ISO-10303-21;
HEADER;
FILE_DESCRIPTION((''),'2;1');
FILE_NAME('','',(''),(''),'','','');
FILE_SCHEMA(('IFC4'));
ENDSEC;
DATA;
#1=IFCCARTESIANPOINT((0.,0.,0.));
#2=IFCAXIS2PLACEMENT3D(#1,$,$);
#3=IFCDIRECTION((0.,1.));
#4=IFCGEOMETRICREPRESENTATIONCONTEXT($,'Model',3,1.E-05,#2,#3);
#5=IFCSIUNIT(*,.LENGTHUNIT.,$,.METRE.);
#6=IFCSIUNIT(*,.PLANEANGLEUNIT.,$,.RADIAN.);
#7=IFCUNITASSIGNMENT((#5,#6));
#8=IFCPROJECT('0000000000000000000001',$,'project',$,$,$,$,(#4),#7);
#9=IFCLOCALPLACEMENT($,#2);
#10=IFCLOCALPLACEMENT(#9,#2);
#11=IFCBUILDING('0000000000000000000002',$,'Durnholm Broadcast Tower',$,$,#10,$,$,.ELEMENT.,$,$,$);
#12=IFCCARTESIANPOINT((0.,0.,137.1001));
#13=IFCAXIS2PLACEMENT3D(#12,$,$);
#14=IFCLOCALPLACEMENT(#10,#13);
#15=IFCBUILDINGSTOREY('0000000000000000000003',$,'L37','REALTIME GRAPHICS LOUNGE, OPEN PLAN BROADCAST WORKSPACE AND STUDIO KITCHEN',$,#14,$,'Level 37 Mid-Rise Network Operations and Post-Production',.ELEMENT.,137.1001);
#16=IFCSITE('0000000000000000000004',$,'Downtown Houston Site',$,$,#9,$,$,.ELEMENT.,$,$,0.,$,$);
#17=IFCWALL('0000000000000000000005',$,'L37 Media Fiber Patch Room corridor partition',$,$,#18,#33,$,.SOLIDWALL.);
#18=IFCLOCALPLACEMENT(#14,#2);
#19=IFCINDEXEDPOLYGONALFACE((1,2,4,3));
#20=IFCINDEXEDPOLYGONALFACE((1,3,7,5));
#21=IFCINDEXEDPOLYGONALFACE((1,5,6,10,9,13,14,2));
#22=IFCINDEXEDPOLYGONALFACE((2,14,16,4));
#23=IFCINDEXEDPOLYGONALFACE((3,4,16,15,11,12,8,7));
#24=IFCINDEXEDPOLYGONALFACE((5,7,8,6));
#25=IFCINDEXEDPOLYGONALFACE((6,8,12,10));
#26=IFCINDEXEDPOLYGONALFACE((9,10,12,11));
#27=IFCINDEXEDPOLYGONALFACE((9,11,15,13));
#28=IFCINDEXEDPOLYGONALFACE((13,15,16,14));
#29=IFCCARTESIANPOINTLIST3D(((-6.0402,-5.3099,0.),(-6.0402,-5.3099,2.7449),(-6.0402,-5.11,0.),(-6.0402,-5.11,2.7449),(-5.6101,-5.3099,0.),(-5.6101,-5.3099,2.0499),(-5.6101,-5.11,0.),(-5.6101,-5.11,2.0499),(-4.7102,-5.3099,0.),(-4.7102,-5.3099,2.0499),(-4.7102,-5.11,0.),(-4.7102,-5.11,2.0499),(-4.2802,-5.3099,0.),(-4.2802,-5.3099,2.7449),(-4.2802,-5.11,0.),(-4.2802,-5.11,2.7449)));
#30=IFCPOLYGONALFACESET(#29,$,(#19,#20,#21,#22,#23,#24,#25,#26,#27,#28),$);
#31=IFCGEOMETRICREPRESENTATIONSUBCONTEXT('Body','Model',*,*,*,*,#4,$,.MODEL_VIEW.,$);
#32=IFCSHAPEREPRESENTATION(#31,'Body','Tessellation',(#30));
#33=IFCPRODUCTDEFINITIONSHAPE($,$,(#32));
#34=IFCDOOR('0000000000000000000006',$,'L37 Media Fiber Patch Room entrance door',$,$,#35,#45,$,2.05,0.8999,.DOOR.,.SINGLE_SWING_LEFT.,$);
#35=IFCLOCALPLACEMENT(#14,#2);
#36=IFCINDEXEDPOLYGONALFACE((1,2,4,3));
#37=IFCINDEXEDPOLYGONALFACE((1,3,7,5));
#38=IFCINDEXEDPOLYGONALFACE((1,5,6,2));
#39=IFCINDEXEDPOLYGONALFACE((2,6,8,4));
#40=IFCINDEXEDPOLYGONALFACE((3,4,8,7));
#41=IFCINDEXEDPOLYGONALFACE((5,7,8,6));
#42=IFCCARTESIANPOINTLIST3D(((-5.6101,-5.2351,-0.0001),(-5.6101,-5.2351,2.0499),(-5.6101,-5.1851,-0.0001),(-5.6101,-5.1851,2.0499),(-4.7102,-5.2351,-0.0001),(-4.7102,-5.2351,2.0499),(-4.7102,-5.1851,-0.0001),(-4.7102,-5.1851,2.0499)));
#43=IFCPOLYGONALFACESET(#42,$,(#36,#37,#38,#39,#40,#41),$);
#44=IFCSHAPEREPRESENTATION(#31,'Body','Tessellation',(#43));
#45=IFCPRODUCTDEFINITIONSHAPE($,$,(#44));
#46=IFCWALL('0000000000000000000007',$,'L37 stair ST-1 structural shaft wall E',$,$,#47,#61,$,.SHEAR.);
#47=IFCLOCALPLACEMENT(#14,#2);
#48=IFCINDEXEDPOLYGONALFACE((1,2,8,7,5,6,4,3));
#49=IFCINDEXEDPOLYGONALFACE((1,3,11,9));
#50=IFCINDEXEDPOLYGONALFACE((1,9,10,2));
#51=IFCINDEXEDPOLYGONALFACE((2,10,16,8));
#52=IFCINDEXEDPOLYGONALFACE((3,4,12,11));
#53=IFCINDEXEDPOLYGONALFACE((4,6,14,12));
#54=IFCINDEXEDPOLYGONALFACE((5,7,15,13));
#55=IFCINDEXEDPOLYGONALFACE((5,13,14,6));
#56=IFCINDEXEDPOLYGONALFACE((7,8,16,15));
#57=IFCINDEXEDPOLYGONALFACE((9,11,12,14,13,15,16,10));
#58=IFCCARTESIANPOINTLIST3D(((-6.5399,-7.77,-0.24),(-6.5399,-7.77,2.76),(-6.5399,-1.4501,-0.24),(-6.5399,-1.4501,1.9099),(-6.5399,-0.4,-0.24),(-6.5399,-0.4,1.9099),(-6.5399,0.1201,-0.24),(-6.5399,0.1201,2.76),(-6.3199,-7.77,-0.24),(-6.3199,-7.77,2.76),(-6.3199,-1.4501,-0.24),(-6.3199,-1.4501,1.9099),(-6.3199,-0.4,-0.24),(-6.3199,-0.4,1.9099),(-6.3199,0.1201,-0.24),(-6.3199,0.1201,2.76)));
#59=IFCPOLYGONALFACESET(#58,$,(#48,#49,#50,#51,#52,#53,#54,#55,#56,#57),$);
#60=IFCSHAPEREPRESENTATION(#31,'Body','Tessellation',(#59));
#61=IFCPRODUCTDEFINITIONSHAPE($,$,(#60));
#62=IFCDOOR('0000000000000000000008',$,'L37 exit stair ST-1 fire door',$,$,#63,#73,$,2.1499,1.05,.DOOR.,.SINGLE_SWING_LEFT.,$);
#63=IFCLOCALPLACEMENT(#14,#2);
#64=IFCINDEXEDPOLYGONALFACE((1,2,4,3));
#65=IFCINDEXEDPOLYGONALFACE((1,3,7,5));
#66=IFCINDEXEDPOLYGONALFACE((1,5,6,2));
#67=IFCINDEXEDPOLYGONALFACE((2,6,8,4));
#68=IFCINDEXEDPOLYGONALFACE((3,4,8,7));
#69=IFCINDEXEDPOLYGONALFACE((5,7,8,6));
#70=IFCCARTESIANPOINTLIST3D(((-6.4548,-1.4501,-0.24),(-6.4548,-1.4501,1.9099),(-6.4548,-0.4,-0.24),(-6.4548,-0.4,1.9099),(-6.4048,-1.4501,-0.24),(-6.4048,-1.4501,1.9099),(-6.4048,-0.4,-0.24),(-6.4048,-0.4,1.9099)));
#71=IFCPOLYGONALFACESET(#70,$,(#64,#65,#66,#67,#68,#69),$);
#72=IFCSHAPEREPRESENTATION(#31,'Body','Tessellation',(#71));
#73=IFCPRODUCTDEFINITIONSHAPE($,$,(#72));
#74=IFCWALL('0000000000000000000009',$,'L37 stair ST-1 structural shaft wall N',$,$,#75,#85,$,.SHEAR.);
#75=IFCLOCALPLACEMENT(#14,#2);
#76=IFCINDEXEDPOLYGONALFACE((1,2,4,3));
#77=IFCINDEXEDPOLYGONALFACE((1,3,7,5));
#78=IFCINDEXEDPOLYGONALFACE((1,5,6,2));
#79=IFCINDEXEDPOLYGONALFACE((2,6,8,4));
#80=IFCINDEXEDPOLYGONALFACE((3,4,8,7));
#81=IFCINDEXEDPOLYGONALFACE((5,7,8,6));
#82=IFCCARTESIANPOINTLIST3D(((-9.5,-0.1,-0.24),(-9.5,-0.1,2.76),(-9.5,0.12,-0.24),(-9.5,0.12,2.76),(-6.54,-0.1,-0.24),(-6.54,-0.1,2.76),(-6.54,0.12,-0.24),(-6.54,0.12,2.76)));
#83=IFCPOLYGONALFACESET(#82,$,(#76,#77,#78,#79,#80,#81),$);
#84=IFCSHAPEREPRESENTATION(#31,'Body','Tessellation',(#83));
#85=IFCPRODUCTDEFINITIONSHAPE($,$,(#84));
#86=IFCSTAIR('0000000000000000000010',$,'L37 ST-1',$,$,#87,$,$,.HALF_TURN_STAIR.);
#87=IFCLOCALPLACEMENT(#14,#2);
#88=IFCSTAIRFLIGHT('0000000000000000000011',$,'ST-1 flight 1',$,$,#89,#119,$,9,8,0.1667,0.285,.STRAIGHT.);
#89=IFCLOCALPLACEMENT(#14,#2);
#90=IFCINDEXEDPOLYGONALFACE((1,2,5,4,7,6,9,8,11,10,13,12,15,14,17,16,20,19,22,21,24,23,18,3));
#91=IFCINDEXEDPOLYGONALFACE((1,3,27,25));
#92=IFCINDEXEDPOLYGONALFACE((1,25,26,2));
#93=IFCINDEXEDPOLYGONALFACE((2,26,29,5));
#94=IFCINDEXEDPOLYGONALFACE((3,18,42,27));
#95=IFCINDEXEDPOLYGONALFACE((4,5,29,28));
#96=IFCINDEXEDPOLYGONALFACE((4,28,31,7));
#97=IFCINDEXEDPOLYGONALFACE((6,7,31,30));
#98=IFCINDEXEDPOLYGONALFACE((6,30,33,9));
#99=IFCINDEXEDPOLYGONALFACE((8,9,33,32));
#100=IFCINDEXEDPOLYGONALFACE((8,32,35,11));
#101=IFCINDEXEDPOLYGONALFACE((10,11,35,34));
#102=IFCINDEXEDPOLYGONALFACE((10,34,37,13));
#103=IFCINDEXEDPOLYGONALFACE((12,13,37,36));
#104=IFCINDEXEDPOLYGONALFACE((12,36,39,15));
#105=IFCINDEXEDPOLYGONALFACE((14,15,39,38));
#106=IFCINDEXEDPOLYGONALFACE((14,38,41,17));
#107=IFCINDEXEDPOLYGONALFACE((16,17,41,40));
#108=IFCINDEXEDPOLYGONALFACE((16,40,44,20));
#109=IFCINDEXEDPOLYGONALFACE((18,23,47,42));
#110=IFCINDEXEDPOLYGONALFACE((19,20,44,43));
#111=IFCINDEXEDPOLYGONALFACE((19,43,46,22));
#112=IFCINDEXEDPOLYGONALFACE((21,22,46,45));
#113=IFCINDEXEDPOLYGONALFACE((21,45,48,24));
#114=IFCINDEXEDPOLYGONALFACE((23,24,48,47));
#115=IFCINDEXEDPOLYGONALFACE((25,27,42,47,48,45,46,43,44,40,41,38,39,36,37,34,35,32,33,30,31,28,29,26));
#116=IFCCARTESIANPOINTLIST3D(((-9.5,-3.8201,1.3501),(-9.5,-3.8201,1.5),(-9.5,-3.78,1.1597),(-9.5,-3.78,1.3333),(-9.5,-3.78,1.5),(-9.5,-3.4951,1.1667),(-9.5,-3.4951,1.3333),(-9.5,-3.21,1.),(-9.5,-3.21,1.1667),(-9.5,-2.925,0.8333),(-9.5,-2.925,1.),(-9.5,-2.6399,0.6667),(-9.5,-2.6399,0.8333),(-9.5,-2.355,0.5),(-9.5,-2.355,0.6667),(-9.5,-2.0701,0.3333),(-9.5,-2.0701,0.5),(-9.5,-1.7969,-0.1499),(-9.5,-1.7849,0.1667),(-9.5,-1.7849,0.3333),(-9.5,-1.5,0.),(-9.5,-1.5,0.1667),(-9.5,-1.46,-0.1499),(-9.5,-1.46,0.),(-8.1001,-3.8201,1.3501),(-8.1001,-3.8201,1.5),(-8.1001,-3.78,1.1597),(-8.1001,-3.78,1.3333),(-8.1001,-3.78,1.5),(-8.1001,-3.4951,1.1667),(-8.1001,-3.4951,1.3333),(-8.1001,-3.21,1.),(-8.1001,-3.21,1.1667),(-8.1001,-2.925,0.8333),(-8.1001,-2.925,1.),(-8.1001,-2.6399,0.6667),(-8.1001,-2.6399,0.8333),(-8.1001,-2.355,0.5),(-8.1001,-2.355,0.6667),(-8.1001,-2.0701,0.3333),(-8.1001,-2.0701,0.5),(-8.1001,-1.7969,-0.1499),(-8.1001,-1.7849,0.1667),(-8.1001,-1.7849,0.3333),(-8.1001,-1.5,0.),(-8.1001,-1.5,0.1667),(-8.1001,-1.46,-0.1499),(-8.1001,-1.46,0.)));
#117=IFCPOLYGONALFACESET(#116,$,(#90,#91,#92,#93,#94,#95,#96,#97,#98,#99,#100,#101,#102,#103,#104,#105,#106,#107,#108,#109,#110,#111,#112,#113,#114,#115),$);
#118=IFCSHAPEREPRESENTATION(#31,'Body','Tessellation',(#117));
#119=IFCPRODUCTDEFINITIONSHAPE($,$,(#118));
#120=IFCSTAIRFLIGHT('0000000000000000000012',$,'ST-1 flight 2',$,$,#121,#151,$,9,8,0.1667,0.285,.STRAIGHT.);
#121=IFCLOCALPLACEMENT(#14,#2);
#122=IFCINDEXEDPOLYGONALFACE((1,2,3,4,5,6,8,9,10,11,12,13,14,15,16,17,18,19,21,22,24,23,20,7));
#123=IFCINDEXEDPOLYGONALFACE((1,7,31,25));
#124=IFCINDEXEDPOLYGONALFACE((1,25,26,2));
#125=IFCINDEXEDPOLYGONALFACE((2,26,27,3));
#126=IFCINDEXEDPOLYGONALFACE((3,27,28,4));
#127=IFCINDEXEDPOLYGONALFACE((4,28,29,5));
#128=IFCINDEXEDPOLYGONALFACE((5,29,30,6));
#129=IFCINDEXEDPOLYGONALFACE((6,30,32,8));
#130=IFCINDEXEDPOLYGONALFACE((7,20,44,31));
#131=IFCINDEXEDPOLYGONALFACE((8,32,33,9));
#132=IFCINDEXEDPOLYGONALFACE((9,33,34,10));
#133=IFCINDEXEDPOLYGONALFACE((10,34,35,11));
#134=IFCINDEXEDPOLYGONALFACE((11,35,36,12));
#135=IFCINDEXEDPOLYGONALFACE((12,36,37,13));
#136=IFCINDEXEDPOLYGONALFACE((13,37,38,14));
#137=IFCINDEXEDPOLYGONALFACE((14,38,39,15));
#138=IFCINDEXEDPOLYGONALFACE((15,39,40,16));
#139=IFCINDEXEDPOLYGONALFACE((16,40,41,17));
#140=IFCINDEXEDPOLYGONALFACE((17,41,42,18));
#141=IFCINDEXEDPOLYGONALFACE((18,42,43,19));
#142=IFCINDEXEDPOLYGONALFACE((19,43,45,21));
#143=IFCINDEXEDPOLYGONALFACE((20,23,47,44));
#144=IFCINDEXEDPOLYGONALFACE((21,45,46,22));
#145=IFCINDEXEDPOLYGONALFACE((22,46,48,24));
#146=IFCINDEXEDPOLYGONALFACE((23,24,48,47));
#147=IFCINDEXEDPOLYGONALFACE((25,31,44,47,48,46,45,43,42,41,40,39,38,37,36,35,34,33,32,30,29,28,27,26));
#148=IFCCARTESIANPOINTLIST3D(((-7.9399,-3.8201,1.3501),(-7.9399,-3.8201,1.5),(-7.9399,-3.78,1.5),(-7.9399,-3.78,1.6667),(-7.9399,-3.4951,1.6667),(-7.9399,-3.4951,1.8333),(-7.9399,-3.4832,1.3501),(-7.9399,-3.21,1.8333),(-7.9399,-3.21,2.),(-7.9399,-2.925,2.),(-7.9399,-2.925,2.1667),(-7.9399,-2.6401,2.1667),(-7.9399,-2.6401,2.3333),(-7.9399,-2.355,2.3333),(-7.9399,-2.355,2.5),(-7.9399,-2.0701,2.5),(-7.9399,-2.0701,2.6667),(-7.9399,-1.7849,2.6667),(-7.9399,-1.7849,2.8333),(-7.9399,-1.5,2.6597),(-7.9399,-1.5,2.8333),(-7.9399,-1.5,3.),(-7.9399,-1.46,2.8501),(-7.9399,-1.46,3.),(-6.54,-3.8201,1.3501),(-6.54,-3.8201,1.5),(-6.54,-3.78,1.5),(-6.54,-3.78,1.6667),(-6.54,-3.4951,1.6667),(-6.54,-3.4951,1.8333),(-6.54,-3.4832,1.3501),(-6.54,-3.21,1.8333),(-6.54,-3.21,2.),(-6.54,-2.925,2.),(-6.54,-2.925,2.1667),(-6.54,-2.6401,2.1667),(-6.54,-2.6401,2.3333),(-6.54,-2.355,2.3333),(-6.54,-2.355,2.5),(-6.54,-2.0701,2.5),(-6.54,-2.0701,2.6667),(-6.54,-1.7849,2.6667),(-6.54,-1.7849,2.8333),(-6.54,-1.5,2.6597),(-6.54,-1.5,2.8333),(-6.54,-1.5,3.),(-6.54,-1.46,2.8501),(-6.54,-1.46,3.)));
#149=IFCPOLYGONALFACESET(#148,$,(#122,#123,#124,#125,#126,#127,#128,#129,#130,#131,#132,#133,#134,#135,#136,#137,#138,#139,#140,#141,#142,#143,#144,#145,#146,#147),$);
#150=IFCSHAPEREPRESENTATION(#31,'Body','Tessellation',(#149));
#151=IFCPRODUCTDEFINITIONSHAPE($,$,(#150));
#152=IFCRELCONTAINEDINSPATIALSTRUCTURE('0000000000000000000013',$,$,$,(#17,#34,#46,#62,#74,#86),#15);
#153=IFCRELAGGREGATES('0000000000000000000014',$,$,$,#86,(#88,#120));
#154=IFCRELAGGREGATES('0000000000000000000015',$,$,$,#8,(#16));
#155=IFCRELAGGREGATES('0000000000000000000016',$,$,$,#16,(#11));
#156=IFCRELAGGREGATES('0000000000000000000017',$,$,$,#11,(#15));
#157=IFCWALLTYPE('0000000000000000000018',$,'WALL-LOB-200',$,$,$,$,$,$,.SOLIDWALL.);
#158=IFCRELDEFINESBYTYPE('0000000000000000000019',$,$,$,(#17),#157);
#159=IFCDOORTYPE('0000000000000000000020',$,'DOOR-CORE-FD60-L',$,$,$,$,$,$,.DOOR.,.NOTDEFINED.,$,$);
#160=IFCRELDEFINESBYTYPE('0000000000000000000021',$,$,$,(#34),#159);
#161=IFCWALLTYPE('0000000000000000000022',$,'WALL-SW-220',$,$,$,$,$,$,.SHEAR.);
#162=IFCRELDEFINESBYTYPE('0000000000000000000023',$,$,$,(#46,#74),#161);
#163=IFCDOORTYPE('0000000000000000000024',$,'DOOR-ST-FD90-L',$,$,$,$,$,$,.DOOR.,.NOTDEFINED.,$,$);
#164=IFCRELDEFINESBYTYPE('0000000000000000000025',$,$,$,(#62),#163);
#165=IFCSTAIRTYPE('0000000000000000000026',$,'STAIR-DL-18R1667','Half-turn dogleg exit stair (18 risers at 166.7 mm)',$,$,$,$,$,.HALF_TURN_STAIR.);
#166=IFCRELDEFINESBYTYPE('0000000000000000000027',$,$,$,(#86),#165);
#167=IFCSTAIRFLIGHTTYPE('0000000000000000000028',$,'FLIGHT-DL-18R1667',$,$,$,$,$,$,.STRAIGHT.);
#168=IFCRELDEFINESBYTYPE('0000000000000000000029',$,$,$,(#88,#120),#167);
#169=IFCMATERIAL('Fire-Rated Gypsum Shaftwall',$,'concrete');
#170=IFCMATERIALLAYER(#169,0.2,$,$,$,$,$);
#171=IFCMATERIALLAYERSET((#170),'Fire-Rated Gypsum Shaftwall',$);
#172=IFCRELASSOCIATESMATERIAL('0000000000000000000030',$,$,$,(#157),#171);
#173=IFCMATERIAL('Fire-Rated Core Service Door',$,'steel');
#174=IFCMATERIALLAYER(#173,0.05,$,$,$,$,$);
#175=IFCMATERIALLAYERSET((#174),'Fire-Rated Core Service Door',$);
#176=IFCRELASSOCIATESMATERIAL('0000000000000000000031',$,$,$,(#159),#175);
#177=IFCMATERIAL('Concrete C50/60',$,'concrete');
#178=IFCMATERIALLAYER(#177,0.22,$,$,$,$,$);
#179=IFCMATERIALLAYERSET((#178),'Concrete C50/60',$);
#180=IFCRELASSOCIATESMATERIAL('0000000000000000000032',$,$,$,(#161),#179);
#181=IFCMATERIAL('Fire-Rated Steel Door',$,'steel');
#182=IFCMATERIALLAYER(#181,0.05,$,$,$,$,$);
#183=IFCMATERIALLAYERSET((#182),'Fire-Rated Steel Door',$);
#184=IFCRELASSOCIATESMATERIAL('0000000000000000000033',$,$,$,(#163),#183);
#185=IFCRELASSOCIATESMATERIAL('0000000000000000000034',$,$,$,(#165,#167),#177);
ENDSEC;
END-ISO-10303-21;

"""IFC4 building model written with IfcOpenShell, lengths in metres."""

from ifc_helpers import new_model, si_unit, direction, frame, frame_2d, origin, place, context, subcontext, project, spatial, polyline, rectangle, outline, extrude, source, transform, mapped, material, layer, layer_set, type_object, type_shapes, element, fill, aggregate, save


model = new_model("IFC4")

# Units and contexts
model_context = context("Model", 3, precision=1e-05, world=origin(), true_north=direction((0.0, 1.0)))
body_context = subcontext(model_context, "Body", "Model", "MODEL_VIEW")
ifc_project = project(units=[si_unit("LENGTHUNIT", "METRE"), si_unit("PLANEANGLEUNIT", "RADIAN")], contexts=[model_context])

# Site, building, storey
site_placement = place(None, origin())
site = spatial("IfcSite", under=ifc_project, at=site_placement, Name="Downtown Houston Site", CompositionType="ELEMENT", RefElevation=0.0)
building_placement = place(site_placement, origin())
building = spatial("IfcBuilding", under=site, at=building_placement, Name="Durnholm Broadcast Tower", CompositionType="ELEMENT")
storey_placement = place(building_placement, frame((0.0, 0.0, 137.1001)))
storey = spatial("IfcBuildingStorey", under=building, at=storey_placement, Name="L37", Description="REALTIME GRAPHICS LOUNGE, OPEN PLAN BROADCAST WORKSPACE AND STUDIO KITCHEN", LongName="Level 37 Mid-Rise Network Operations and Post-Production", CompositionType="ELEMENT", Elevation=137.1001)

# Walls, openings, doors
ifc_material_1 = material(Name="Fire-Rated Gypsum Shaftwall", Category="concrete")
ifc_layer_1 = layer(ifc_material_1, 0.2)
ifc_layer_set_1 = layer_set([ifc_layer_1], Name="Fire-Rated Gypsum Shaftwall")
wall_type_1 = type_object("IfcWallType", Name="WALL-LOB-200", PredefinedType="SOLIDWALL", material=ifc_layer_set_1)
wall_1_placement = place(storey_placement, frame((-6.04, -5.21, 0.0), z_axis=(0.0, 0.0, 1.0), x_axis=(1.0, 0.0, 0.0)))
wall_1 = element("IfcWall", 1, at=wall_1_placement, inside=storey, type_object=wall_type_1, Name="L37 Media Fiber Patch Room corridor partition", PredefinedType="SOLIDWALL", context=body_context, shape_type="SweptSolid", body=[
    extrude(rectangle(XDim=1.76, YDim=0.2, at=frame_2d((0.8799, 0.0))), origin(), (0.0, 0.0, 1.0), 2.7449),
])
opening_1_placement = place(wall_1_placement, frame((0.4299, 0.0, 0.0)))
opening_1 = element("IfcOpeningElement", 2, at=opening_1_placement, cuts=wall_1, PredefinedType="OPENING", context=body_context, shape_type="SweptSolid", body=[
    extrude(rectangle(XDim=0.8999, YDim=2.05, at=frame_2d((0.45, 1.0249))), frame((0.0, 0.1099, 0.0), z_axis=(0.0, -1.0, 0.0), x_axis=(1.0, 0.0, 0.0)), (0.0, 0.0, 1.0), 0.22),
])
ifc_material_2 = material(Name="Fire-Rated Core Service Door", Category="steel")
ifc_layer_2 = layer(ifc_material_2, 0.05)
ifc_layer_set_2 = layer_set([ifc_layer_2], Name="Fire-Rated Core Service Door")
door_type_1 = type_object("IfcDoorType", Name="DOOR-CORE-FD60-L", OperationType="NOTDEFINED", PredefinedType="DOOR", material=ifc_layer_set_2)
shared_shape_1 = source(origin(), body_context, "Body", "SweptSolid", [
    extrude(rectangle(XDim=0.8999, YDim=2.05, at=frame_2d((0.45, 1.0249))), frame((0.0, 0.0249, 0.0), z_axis=(0.0, -1.0, 0.0), x_axis=(1.0, 0.0, 0.0)), (0.0, 0.0, 1.0), 0.05),
])
type_shapes(door_type_1, [shared_shape_1])
door_1_placement = place(opening_1_placement, origin())
door_1 = element("IfcDoor", 3, at=door_1_placement, inside=storey, type_object=door_type_1, Name="L37 Media Fiber Patch Room entrance door", OperationType="SINGLE_SWING_LEFT", OverallHeight=2.05, OverallWidth=0.8999, PredefinedType="DOOR", context=body_context, shape_type="MappedRepresentation", body=[
    mapped(shared_shape_1, transform((0.0, 0.0, 0.0), x_axis=(1.0, 0.0, 0.0), y_axis=(0.0, 1.0, 0.0), z_axis=(0.0, 0.0, 1.0), scale=1.0)),
])
fill(opening_1, door_1)
ifc_material_3 = material(Name="Concrete C50/60", Category="concrete")
ifc_layer_3 = layer(ifc_material_3, 0.22)
ifc_layer_set_3 = layer_set([ifc_layer_3], Name="Concrete C50/60")
wall_type_2 = type_object("IfcWallType", Name="WALL-SW-220", PredefinedType="SHEAR", material=ifc_layer_set_3)
wall_2_placement = place(storey_placement, frame((-6.4299, -7.77, -0.24), z_axis=(0.0, 0.0, 1.0), x_axis=(0.0, 1.0, 0.0)))
wall_2 = element("IfcWall", 4, at=wall_2_placement, inside=storey, type_object=wall_type_2, Name="L37 stair ST-1 structural shaft wall E", PredefinedType="SHEAR", context=body_context, shape_type="SweptSolid", body=[
    extrude(rectangle(XDim=7.8901, YDim=0.22, at=frame_2d((3.9451, 0.0))), origin(), (0.0, 0.0, 1.0), 3.0),
])
opening_2_placement = place(wall_2_placement, frame((6.3201, 0.0, 0.0)))
opening_2 = element("IfcOpeningElement", 5, at=opening_2_placement, cuts=wall_2, PredefinedType="OPENING", context=body_context, shape_type="SweptSolid", body=[
    extrude(rectangle(XDim=1.05, YDim=2.1499, at=frame_2d((0.5249, 1.075))), frame((0.0, 0.1201, 0.0), z_axis=(0.0, -1.0, 0.0), x_axis=(1.0, 0.0, 0.0)), (0.0, 0.0, 1.0), 0.24),
])
ifc_material_4 = material(Name="Fire-Rated Steel Door", Category="steel")
ifc_layer_4 = layer(ifc_material_4, 0.05)
ifc_layer_set_4 = layer_set([ifc_layer_4], Name="Fire-Rated Steel Door")
door_type_2 = type_object("IfcDoorType", Name="DOOR-ST-FD90-L", OperationType="NOTDEFINED", PredefinedType="DOOR", material=ifc_layer_set_4)
shared_shape_2 = source(origin(), body_context, "Body", "SweptSolid", [
    extrude(rectangle(XDim=1.05, YDim=2.1499, at=frame_2d((0.5249, 1.075))), frame((0.0, 0.0249, 0.0), z_axis=(0.0, -1.0, 0.0), x_axis=(1.0, 0.0, 0.0)), (0.0, 0.0, 1.0), 0.05),
])
type_shapes(door_type_2, [shared_shape_2])
door_2_placement = place(opening_2_placement, origin())
door_2 = element("IfcDoor", 6, at=door_2_placement, inside=storey, type_object=door_type_2, Name="L37 exit stair ST-1 fire door", OperationType="SINGLE_SWING_LEFT", OverallHeight=2.1499, OverallWidth=1.05, PredefinedType="DOOR", context=body_context, shape_type="MappedRepresentation", body=[
    mapped(shared_shape_2, transform((0.0, 0.0, 0.0), x_axis=(1.0, 0.0, 0.0), y_axis=(0.0, 1.0, 0.0), z_axis=(0.0, 0.0, 1.0), scale=1.0)),
])
fill(opening_2, door_2)

# Wall
wall_3_placement = place(storey_placement, frame((-6.54, 0.01, -0.24), z_axis=(0.0, 0.0, 1.0), x_axis=(-1.0, 0.0, 0.0)))
element("IfcWall", 7, at=wall_3_placement, inside=storey, type_object=wall_type_2, Name="L37 stair ST-1 structural shaft wall N", PredefinedType="SHEAR", context=body_context, shape_type="SweptSolid", body=[
    extrude(rectangle(XDim=2.96, YDim=0.22, at=frame_2d((1.48, 0.0))), origin(), (0.0, 0.0, 1.0), 3.0),
])

# Stair, stair flights
stair_type = type_object("IfcStairType", Name="STAIR-DL-18R1667", Description="Half-turn dogleg exit stair (18 risers at 166.7 mm)", PredefinedType="HALF_TURN_STAIR", material=ifc_material_3)
stair_placement = place(storey_placement, origin())
stair = element("IfcStair", 8, at=stair_placement, inside=storey, type_object=stair_type, Name="L37 ST-1", PredefinedType="HALF_TURN_STAIR")
stair_flight_type = type_object("IfcStairFlightType", Name="FLIGHT-DL-18R1667", PredefinedType="STRAIGHT", material=ifc_material_3)
stair_flight_1_placement = place(storey_placement, frame((-8.8, -1.5, 0.0), z_axis=(0.0, 0.0, 1.0), x_axis=(0.0, -1.0, 0.0)))
stair_flight_1 = element("IfcStairFlight", 9, at=stair_flight_1_placement, type_object=stair_flight_type, Name="ST-1 flight 1", NumberOfRisers=9, NumberOfTreads=8, PredefinedType="STRAIGHT", RiserHeight=0.1667, TreadLength=0.285, context=body_context, shape_type="SweptSolid", body=[
    extrude(outline(polyline([(-0.04, -0.1499), (-0.04, 0.0), (0.0, 0.0), (0.0, 0.1667), (0.2849, 0.1667), (0.2849, 0.3333), (0.5701, 0.3333), (0.5701, 0.5), (0.855, 0.5), (0.855, 0.6667), (1.1399, 0.6667), (1.1399, 0.8333), (1.425, 0.8333), (1.425, 1.0), (1.71, 1.0), (1.71, 1.1667), (1.9951, 1.1667), (1.9951, 1.3333), (2.28, 1.3333), (2.28, 1.5), (2.3201, 1.5), (2.3201, 1.3501), (2.28, 1.1597), (0.2969, -0.1499), (-0.04, -0.1499)])), frame((0.0, 0.7, 0.0), z_axis=(0.0, -1.0, 0.0), x_axis=(1.0, 0.0, 0.0)), (0.0, 0.0, 1.0), 1.3999),
])
stair_flight_2_placement = place(storey_placement, frame((-7.24, -3.78, 1.5), z_axis=(0.0, 0.0, 1.0), x_axis=(0.0, 1.0, 0.0)))
stair_flight_2 = element("IfcStairFlight", 10, at=stair_flight_2_placement, type_object=stair_flight_type, Name="ST-1 flight 2", NumberOfRisers=9, NumberOfTreads=8, PredefinedType="STRAIGHT", RiserHeight=0.1667, TreadLength=0.285, context=body_context, shape_type="SweptSolid", body=[
    extrude(outline(polyline([(-0.04, -0.1499), (-0.04, 0.0), (0.0, 0.0), (0.0, 0.1667), (0.2849, 0.1667), (0.2849, 0.3333), (0.5701, 0.3333), (0.5701, 0.5), (0.855, 0.5), (0.855, 0.6667), (1.1399, 0.6667), (1.1399, 0.8333), (1.425, 0.8333), (1.425, 1.0), (1.71, 1.0), (1.71, 1.1667), (1.9951, 1.1667), (1.9951, 1.3333), (2.28, 1.3333), (2.28, 1.5), (2.3201, 1.5), (2.3201, 1.3501), (2.28, 1.1597), (0.2969, -0.1499), (-0.04, -0.1499)])), frame((0.0, 0.7, 0.0), z_axis=(0.0, -1.0, 0.0), x_axis=(1.0, 0.0, 0.0)), (0.0, 0.0, 1.0), 1.3999),
])
aggregate(stair, [stair_flight_1, stair_flight_2])

save(model, "model.ifc")
